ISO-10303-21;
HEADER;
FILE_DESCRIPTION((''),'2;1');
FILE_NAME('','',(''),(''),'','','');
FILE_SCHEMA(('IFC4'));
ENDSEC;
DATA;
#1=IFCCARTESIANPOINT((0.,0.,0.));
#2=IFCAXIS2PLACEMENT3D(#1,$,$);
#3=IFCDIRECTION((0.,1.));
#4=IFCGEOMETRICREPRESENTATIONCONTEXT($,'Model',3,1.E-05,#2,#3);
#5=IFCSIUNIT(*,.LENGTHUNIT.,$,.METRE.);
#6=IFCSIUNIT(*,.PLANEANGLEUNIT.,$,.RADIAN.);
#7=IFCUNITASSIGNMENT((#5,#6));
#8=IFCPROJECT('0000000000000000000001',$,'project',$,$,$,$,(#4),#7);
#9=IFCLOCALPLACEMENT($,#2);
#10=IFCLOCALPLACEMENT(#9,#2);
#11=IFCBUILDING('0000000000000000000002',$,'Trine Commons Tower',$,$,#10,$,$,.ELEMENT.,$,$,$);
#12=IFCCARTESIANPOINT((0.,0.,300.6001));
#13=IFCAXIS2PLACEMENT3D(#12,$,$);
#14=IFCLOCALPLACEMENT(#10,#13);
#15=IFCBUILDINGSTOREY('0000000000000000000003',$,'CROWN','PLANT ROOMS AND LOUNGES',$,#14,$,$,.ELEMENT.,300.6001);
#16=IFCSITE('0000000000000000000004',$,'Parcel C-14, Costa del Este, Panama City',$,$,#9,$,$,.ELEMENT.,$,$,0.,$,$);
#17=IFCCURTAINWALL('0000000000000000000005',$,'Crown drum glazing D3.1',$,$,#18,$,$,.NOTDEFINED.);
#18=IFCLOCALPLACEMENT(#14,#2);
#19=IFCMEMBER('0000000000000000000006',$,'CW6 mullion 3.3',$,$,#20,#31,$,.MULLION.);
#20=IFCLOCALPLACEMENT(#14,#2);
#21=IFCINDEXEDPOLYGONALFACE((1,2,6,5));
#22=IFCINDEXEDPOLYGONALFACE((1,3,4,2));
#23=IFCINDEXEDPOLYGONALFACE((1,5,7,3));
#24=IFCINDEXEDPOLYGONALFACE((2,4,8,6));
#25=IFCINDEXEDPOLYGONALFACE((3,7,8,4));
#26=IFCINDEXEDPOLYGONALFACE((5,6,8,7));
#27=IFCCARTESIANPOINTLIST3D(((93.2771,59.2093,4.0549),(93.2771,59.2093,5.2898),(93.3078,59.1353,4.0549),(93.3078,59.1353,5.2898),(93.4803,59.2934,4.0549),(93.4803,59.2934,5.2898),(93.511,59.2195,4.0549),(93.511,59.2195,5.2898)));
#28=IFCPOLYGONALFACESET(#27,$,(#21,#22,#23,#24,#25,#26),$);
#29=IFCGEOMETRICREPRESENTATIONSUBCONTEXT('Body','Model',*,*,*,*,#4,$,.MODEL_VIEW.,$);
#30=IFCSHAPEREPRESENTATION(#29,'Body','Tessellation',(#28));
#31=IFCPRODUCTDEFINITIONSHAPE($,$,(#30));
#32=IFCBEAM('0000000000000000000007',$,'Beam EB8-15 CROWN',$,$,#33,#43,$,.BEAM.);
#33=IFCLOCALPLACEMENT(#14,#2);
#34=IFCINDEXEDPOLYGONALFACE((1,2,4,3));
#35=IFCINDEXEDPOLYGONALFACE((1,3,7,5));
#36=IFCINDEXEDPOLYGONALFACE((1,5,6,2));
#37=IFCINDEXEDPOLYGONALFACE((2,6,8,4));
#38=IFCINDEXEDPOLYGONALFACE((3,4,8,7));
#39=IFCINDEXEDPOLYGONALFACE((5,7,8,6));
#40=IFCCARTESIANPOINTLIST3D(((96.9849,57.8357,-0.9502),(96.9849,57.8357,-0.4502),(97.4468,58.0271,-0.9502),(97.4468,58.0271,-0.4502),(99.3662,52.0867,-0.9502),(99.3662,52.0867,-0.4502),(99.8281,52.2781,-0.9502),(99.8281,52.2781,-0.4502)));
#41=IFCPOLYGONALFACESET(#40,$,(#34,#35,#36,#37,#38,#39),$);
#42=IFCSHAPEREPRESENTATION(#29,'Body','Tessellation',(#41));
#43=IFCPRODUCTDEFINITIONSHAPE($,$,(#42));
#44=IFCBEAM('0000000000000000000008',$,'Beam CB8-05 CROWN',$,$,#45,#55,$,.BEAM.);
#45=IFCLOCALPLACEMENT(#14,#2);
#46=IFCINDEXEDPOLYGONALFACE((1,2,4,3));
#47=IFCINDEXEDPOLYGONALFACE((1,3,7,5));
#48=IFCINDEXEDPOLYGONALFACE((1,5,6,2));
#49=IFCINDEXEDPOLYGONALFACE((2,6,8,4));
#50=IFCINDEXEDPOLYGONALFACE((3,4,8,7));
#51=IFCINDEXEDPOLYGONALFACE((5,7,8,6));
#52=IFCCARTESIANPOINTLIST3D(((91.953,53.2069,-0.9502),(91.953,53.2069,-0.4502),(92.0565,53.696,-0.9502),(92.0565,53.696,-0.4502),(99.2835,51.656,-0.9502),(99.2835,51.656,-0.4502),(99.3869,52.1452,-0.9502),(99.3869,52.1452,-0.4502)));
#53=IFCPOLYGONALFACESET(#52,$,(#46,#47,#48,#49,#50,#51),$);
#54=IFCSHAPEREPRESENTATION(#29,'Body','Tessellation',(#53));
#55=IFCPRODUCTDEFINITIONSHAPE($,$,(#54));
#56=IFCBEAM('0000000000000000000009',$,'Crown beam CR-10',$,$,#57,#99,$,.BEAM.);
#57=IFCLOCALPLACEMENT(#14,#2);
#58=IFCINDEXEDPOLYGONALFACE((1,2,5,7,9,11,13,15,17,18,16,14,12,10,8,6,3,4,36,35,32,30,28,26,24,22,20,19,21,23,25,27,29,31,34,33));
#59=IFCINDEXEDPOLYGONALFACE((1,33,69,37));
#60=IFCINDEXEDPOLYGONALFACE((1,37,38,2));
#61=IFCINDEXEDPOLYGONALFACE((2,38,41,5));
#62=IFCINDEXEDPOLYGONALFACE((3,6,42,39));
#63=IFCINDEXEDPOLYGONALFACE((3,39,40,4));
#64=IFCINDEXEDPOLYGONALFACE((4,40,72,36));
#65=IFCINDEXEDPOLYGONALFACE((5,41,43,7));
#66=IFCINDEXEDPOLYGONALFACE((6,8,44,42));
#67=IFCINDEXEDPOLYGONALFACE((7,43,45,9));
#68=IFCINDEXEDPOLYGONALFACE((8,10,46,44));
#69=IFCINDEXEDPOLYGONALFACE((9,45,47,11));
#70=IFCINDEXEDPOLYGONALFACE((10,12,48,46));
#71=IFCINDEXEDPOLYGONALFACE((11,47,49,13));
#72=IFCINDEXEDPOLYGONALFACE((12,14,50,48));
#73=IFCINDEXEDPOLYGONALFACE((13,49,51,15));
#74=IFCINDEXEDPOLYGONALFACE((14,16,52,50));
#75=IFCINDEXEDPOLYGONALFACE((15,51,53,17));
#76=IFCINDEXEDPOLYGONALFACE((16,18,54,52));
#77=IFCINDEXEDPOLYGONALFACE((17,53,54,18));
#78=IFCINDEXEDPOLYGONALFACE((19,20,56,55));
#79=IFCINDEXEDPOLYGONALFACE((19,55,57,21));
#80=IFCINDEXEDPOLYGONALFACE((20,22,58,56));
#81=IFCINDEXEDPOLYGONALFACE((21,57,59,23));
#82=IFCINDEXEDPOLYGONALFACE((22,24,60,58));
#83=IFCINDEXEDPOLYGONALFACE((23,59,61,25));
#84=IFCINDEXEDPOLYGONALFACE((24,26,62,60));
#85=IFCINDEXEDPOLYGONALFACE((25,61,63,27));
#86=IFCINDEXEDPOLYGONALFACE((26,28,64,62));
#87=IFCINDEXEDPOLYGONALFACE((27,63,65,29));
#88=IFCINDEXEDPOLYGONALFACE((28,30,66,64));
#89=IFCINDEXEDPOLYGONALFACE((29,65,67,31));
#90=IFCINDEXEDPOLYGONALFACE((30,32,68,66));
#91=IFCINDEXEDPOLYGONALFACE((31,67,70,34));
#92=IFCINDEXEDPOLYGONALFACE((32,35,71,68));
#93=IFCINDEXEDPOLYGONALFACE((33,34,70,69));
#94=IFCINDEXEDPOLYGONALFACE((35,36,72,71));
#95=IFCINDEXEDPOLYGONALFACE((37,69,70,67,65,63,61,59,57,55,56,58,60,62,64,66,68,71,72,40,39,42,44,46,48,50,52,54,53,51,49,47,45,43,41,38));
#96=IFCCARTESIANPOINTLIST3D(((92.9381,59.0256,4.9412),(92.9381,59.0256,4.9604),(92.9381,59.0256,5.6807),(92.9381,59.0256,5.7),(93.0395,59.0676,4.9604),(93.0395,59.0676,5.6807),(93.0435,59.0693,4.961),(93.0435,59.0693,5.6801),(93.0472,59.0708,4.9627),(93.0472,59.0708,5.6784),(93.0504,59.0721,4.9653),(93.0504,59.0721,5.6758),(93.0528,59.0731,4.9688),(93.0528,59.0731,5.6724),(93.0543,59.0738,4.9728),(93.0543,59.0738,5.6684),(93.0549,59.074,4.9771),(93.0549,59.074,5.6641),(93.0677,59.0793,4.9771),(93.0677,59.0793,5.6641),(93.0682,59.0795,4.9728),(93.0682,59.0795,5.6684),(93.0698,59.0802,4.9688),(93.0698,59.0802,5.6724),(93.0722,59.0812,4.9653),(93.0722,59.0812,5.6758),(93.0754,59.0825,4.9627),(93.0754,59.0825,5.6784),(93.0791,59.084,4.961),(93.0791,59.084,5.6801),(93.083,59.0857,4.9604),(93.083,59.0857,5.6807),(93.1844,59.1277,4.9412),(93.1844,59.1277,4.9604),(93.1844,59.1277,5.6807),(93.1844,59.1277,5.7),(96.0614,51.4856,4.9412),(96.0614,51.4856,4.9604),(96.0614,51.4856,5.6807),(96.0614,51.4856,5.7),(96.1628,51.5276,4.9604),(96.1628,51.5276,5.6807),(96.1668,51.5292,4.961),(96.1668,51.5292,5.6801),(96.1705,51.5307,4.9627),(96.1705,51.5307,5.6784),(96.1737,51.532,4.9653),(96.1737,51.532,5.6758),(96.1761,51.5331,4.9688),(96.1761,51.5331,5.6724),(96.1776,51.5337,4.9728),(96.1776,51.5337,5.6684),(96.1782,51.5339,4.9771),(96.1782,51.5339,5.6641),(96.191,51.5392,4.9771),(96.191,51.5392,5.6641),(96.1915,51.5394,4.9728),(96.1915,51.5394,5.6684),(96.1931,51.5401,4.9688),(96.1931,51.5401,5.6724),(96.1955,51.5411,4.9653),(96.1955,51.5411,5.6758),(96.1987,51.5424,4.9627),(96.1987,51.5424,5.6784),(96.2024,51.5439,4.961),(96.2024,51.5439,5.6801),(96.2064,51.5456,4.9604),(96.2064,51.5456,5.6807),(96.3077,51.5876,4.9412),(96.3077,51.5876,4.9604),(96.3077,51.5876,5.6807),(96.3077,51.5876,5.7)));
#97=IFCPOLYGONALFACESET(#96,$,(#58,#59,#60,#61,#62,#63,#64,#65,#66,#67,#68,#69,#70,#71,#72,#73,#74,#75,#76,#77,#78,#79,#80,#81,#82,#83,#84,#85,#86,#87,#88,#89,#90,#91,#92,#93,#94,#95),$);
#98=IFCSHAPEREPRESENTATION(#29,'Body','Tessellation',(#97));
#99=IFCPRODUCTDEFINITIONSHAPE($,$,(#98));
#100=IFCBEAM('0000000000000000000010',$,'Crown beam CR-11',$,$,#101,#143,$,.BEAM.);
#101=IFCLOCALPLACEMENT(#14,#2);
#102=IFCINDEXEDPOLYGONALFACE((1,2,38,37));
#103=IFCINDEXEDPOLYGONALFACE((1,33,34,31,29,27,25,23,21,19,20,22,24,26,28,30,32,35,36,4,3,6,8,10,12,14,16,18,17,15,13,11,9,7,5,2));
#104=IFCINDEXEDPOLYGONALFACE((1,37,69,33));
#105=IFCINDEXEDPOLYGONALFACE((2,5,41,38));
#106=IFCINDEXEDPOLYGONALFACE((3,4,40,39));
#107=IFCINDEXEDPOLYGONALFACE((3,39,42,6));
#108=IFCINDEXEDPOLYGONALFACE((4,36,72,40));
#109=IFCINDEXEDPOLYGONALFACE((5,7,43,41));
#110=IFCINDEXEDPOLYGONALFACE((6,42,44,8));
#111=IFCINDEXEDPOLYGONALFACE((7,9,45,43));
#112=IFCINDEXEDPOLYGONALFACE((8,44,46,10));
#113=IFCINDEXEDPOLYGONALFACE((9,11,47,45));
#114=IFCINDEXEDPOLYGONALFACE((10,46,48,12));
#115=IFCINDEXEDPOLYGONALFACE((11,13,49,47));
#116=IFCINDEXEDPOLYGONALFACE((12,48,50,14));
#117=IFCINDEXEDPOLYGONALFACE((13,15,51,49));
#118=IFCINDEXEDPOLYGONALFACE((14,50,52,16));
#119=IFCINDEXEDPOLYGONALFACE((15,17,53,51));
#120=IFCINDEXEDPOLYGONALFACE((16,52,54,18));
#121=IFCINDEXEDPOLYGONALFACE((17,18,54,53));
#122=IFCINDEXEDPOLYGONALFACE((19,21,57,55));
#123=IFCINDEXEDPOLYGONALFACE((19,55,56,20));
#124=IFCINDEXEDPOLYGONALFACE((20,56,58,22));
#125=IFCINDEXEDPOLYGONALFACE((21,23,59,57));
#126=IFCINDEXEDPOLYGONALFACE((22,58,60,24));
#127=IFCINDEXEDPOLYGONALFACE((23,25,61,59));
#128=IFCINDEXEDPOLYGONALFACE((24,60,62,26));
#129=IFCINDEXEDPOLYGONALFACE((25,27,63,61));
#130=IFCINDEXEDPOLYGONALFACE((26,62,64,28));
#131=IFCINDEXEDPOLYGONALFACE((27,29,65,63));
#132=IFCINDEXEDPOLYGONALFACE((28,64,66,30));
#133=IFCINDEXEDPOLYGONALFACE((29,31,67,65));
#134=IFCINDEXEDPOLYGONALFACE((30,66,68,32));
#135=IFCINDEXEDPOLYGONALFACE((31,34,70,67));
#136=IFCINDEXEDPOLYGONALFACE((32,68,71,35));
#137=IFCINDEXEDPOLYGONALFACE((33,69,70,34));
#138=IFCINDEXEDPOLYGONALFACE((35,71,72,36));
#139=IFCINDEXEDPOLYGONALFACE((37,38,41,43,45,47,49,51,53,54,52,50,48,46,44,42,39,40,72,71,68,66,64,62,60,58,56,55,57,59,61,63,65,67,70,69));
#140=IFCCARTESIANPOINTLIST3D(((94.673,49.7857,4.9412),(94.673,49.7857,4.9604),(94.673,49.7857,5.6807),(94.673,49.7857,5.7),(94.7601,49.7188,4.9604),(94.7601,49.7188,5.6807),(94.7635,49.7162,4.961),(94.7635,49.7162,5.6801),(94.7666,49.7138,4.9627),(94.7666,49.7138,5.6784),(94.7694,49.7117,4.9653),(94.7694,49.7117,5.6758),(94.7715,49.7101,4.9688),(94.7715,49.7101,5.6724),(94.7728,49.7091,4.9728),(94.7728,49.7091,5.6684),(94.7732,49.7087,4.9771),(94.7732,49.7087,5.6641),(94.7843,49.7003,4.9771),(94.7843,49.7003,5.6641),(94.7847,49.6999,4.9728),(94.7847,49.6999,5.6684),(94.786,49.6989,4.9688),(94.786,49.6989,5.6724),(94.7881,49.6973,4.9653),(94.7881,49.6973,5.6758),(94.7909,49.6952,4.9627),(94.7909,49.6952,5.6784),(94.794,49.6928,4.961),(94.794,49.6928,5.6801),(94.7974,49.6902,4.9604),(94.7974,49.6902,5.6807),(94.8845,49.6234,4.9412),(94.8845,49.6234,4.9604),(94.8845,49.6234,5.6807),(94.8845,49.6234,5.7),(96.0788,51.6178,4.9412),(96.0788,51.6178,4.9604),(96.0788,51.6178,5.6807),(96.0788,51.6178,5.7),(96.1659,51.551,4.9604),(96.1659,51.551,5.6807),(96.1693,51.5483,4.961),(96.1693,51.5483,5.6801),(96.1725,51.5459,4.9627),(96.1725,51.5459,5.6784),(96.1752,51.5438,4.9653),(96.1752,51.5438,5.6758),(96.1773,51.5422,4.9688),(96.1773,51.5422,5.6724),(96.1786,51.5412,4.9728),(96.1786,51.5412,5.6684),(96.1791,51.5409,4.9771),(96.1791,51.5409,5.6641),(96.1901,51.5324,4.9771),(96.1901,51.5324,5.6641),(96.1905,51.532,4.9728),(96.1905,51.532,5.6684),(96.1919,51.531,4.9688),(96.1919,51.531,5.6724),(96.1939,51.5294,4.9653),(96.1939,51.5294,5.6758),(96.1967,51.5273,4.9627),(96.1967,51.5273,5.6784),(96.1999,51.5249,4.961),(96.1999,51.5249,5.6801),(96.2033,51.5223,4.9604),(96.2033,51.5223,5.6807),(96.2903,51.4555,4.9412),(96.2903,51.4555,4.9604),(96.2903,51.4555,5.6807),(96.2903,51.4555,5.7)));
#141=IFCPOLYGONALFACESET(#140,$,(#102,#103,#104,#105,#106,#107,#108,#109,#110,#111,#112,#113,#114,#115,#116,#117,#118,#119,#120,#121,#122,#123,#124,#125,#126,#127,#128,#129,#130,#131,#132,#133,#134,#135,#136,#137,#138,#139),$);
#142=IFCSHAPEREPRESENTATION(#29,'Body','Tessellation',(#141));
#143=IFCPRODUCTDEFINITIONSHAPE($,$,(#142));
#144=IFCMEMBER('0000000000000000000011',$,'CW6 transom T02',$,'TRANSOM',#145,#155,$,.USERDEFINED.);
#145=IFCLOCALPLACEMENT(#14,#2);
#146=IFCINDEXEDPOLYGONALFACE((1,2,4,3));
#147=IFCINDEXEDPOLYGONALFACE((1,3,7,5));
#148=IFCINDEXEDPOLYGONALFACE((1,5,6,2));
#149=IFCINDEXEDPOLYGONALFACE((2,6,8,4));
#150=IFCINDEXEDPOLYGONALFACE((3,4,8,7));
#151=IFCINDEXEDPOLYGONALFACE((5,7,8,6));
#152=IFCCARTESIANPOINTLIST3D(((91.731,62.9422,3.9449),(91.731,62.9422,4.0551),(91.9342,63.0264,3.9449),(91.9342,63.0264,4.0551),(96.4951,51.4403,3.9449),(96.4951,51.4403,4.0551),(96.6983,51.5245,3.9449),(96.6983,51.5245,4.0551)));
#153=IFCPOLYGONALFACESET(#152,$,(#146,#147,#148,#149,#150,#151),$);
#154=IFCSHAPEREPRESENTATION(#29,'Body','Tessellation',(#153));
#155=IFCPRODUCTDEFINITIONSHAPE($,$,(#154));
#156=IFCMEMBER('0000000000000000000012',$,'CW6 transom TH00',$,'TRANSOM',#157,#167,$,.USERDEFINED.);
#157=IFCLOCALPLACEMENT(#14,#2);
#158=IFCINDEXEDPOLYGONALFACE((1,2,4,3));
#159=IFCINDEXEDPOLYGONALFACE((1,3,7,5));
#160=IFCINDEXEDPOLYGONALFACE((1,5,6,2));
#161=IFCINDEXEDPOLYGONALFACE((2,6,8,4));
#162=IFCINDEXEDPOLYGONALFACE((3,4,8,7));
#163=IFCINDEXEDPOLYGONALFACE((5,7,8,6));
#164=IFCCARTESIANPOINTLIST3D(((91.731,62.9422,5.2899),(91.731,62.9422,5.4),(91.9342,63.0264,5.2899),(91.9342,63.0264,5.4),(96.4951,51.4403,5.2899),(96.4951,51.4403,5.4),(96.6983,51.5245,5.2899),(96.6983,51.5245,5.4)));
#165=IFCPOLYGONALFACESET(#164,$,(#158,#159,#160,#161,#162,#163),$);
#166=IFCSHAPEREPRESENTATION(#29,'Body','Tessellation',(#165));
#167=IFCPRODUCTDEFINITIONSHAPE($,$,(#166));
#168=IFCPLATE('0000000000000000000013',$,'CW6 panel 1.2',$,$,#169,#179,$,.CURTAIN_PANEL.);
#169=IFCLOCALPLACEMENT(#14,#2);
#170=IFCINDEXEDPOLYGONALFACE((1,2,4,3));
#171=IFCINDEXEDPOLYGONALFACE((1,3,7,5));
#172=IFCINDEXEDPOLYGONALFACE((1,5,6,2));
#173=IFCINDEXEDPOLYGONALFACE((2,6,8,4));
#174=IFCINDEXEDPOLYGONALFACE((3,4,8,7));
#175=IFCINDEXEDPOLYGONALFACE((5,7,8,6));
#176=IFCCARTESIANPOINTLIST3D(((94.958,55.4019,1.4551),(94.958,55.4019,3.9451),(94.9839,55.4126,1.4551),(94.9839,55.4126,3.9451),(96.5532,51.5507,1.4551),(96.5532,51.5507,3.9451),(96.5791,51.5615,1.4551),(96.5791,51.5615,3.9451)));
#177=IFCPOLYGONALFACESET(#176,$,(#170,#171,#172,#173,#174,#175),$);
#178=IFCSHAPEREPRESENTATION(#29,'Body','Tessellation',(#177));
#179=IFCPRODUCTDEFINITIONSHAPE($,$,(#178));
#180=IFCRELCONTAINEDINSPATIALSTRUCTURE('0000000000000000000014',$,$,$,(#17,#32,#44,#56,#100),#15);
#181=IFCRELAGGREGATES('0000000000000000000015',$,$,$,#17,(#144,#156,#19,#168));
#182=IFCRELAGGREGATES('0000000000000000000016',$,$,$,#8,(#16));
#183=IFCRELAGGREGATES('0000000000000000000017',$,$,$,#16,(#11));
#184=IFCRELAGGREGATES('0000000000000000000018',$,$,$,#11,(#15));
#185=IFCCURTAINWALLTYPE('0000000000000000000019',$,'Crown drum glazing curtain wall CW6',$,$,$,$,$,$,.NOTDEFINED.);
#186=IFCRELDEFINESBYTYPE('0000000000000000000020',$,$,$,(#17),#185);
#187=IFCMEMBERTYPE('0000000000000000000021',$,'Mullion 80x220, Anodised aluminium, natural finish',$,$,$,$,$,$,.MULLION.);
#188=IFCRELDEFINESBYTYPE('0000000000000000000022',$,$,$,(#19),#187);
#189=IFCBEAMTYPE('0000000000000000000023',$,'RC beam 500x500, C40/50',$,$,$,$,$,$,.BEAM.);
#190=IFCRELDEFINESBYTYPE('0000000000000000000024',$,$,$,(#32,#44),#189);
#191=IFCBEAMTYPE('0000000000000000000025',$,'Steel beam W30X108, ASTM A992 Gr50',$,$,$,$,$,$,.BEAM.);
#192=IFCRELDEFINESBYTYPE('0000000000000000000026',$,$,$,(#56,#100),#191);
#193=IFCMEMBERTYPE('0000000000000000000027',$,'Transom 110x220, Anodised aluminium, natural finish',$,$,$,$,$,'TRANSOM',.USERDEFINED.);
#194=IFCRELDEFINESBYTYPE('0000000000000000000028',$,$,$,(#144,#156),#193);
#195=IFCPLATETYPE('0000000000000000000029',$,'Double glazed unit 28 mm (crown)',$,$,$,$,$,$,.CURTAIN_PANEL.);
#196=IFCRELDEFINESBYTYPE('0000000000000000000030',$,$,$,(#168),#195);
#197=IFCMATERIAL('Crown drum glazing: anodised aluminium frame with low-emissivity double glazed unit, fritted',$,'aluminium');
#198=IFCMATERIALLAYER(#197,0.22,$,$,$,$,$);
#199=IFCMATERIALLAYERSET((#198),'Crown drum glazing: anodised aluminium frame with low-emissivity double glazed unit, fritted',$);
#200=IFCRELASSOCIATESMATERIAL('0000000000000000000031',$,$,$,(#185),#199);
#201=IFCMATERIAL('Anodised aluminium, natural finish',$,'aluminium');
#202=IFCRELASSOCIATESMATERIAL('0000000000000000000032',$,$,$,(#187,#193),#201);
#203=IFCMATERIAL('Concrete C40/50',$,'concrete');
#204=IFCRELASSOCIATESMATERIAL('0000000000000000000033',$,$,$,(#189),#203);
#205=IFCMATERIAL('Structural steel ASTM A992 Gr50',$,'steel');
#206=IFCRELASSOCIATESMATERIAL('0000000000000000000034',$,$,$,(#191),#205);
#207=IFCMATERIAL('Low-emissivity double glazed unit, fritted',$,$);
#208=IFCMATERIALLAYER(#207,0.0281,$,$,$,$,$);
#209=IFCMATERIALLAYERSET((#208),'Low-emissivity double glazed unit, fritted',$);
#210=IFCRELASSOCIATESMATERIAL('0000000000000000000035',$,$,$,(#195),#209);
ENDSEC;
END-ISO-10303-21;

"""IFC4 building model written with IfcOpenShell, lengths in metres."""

from ifc_helpers import new_model, si_unit, direction, frame, origin, origin_2d, place, context, subcontext, project, spatial, rectangle, i_section, extrude, material, layer, layer_set, material_profile, profile_set, type_object, element, aggregate, save


model = new_model("IFC4")

# Units and contexts
model_context = context("Model", 3, precision=1e-05, world=origin(), true_north=direction((0.0, 1.0)))
body_context = subcontext(model_context, "Body", "Model", "MODEL_VIEW")
ifc_project = project(units=[si_unit("LENGTHUNIT", "METRE"), si_unit("PLANEANGLEUNIT", "RADIAN")], contexts=[model_context])

# Site, building, storey
site_placement = place(None, origin())
site = spatial("IfcSite", under=ifc_project, at=site_placement, Name="Parcel C-14, Costa del Este, Panama City", CompositionType="ELEMENT", RefElevation=0.0)
building_placement = place(site_placement, origin())
building = spatial("IfcBuilding", under=site, at=building_placement, Name="Trine Commons Tower", CompositionType="ELEMENT")
storey_placement = place(building_placement, frame((0.0, 0.0, 300.6001)))
storey = spatial("IfcBuildingStorey", under=building, at=storey_placement, Name="CROWN", Description="PLANT ROOMS AND LOUNGES", CompositionType="ELEMENT", Elevation=300.6001)

# Shared definitions
ifc_material_1 = material(Name="Structural steel ASTM A992 Gr50", Category="steel")

# Curtain wall, member
ifc_material_2 = material(Name="Crown drum glazing: anodised aluminium frame with low-emissivity double glazed unit, fritted", Category="aluminium")
ifc_layer_1 = layer(ifc_material_2, 0.22)
ifc_layer_set_1 = layer_set([ifc_layer_1], Name="Crown drum glazing: anodised aluminium frame with low-emissivity double glazed unit, fritted")
curtain_wall_type = type_object("IfcCurtainWallType", Name="Crown drum glazing curtain wall CW6", PredefinedType="NOTDEFINED", material=ifc_layer_set_1)
curtain_wall_placement = place(storey_placement, origin())
curtain_wall = element("IfcCurtainWall", 1, at=curtain_wall_placement, inside=storey, type_object=curtain_wall_type, Name="Crown drum glazing D3.1", PredefinedType="NOTDEFINED")
ifc_material_3 = material(Name="Anodised aluminium, natural finish", Category="aluminium")
ifc_material_profile_1 = material_profile(ifc_material_3, rectangle(XDim=0.22, YDim=0.0801, at=origin_2d()), Name="Mullion 80x220")
ifc_profile_set_1 = profile_set([ifc_material_profile_1], Name="Anodised aluminium, natural finish")
member_type_1 = type_object("IfcMemberType", Name="Mullion 80x220, Anodised aluminium, natural finish", PredefinedType="MULLION", material=ifc_profile_set_1)
member_1_placement = place(storey_placement, frame((93.394, 59.2144, 4.0549), z_axis=(0.0, 0.0, 1.0), x_axis=(-0.92388, -0.382683, 0.0)))
member_1 = element("IfcMember", 2, at=member_1_placement, type_object=member_type_1, Name="CW6 mullion 3.3", PredefinedType="MULLION", context=body_context, shape_type="SweptSolid", body=[
    extrude(rectangle(XDim=0.22, YDim=0.0801, at=origin_2d()), origin(), (0.0, 0.0, 1.0), 1.2349),
])

# Beams
ifc_material_4 = material(Name="Concrete C40/50", Category="concrete")
ifc_material_profile_2 = material_profile(ifc_material_4, rectangle(XDim=0.5, YDim=0.5, at=origin_2d()), Name="RC 500x500")
ifc_profile_set_2 = profile_set([ifc_material_profile_2], Name="Concrete C40/50")
beam_type_1 = type_object("IfcBeamType", Name="RC beam 500x500, C40/50", PredefinedType="BEAM", material=ifc_profile_set_2)
beam_1_placement = place(storey_placement, frame((97.2158, 57.9314, -0.7002), z_axis=(0.382687, -0.923878, 0.0), x_axis=(0.923878, 0.382687, 0.0)))
element("IfcBeam", 3, at=beam_1_placement, inside=storey, type_object=beam_type_1, Name="Beam EB8-15 CROWN", PredefinedType="BEAM", context=body_context, shape_type="SweptSolid", body=[
    extrude(rectangle(XDim=0.5, YDim=0.5, at=origin_2d()), origin(), (0.0, 0.0, 1.0), 6.2227),
])
beam_2_placement = place(storey_placement, frame((99.3352, 51.9006, -0.7002), z_axis=(-0.978346, 0.206976, 0.0), x_axis=(-0.206976, -0.978346, 0.0)))
element("IfcBeam", 4, at=beam_2_placement, inside=storey, type_object=beam_type_1, Name="Beam CB8-05 CROWN", PredefinedType="BEAM", context=body_context, shape_type="SweptSolid", body=[
    extrude(rectangle(XDim=0.5, YDim=0.5, at=origin_2d()), origin(), (0.0, 0.0, 1.0), 7.4927),
])
ifc_material_profile_3 = material_profile(ifc_material_1, i_section(OverallWidth=0.2666, OverallDepth=0.7588, WebThickness=0.0139, FlangeThickness=0.0193, FilletRadius=0.0166, at=origin_2d()), Name="W30X108")
ifc_profile_set_3 = profile_set([ifc_material_profile_3], Name="Structural steel ASTM A992 Gr50")
beam_type_2 = type_object("IfcBeamType", Name="Steel beam W30X108, ASTM A992 Gr50", PredefinedType="BEAM", material=ifc_profile_set_3)
beam_3_placement = place(storey_placement, frame((93.0613, 59.0767, 5.3206), z_axis=(0.382694, -0.923875, 0.0), x_axis=(0.923875, 0.382694, 0.0)))
element("IfcBeam", 5, at=beam_3_placement, inside=storey, type_object=beam_type_2, Name="Crown beam CR-10", PredefinedType="BEAM", context=body_context, shape_type="SweptSolid", body=[
    extrude(i_section(OverallWidth=0.2666, OverallDepth=0.7588, WebThickness=0.0139, FlangeThickness=0.0193, FilletRadius=0.0166, at=origin_2d()), origin(), (0.0, 0.0, 1.0), 8.1614),
])
beam_4_placement = place(storey_placement, frame((96.1846, 51.5366, 5.3206), z_axis=(-0.60876, -0.793354, 0.0), x_axis=(0.793354, -0.60876, 0.0)))
element("IfcBeam", 6, at=beam_4_placement, inside=storey, type_object=beam_type_2, Name="Crown beam CR-11", PredefinedType="BEAM", context=body_context, shape_type="SweptSolid", body=[
    extrude(i_section(OverallWidth=0.2666, OverallDepth=0.7588, WebThickness=0.0139, FlangeThickness=0.0193, FilletRadius=0.0166, at=origin_2d()), origin(), (0.0, 0.0, 1.0), 2.3093),
])

# Members
ifc_material_profile_4 = material_profile(ifc_material_3, rectangle(XDim=0.22, YDim=0.1101, at=origin_2d()), Name="Transom 110x220")
ifc_profile_set_4 = profile_set([ifc_material_profile_4], Name="Anodised aluminium, natural finish")
member_type_2 = type_object("IfcMemberType", Name="Transom 110x220, Anodised aluminium, natural finish", ElementType="TRANSOM", PredefinedType="USERDEFINED", material=ifc_profile_set_4)
member_2_placement = place(storey_placement, frame((96.5967, 51.4824, 4.0), z_axis=(-0.382676, 0.923883, 0.0), x_axis=(-0.923883, -0.382676, 0.0)))
member_2 = element("IfcMember", 7, at=member_2_placement, type_object=member_type_2, Name="CW6 transom T02", ObjectType="TRANSOM", PredefinedType="USERDEFINED", context=body_context, shape_type="SweptSolid", body=[
    extrude(rectangle(XDim=0.22, YDim=0.1101, at=origin_2d()), origin(), (0.0, 0.0, 1.0), 12.4495),
])
member_3_placement = place(storey_placement, frame((96.5967, 51.4824, 5.345), z_axis=(-0.382676, 0.923883, 0.0), x_axis=(-0.923883, -0.382676, 0.0)))
member_3 = element("IfcMember", 8, at=member_3_placement, type_object=member_type_2, Name="CW6 transom TH00", ObjectType="TRANSOM", PredefinedType="USERDEFINED", context=body_context, shape_type="SweptSolid", body=[
    extrude(rectangle(XDim=0.22, YDim=0.1101, at=origin_2d()), origin(), (0.0, 0.0, 1.0), 12.4495),
])

# Plate
ifc_material_5 = material(Name="Low-emissivity double glazed unit, fritted")
ifc_layer_2 = layer(ifc_material_5, 0.0281)
ifc_layer_set_2 = layer_set([ifc_layer_2], Name="Low-emissivity double glazed unit, fritted")
plate_type_1 = type_object("IfcPlateType", Name="Double glazed unit 28 mm (crown)", PredefinedType="CURTAIN_PANEL", material=ifc_layer_set_2)
plate_1_placement = place(storey_placement, frame((95.7686, 53.4817, 1.4551), z_axis=(0.0, 0.0, 1.0), x_axis=(-0.382683, 0.92388, 0.0)))
plate_1 = element("IfcPlate", 9, at=plate_1_placement, type_object=plate_type_1, Name="CW6 panel 1.2", PredefinedType="CURTAIN_PANEL", context=body_context, shape_type="SweptSolid", body=[
    extrude(rectangle(XDim=4.1685, YDim=0.0281, at=origin_2d()), origin(), (0.0, 0.0, 1.0), 2.49),
])
aggregate(curtain_wall, [member_2, member_3, member_1, plate_1])

save(model, "model.ifc")
